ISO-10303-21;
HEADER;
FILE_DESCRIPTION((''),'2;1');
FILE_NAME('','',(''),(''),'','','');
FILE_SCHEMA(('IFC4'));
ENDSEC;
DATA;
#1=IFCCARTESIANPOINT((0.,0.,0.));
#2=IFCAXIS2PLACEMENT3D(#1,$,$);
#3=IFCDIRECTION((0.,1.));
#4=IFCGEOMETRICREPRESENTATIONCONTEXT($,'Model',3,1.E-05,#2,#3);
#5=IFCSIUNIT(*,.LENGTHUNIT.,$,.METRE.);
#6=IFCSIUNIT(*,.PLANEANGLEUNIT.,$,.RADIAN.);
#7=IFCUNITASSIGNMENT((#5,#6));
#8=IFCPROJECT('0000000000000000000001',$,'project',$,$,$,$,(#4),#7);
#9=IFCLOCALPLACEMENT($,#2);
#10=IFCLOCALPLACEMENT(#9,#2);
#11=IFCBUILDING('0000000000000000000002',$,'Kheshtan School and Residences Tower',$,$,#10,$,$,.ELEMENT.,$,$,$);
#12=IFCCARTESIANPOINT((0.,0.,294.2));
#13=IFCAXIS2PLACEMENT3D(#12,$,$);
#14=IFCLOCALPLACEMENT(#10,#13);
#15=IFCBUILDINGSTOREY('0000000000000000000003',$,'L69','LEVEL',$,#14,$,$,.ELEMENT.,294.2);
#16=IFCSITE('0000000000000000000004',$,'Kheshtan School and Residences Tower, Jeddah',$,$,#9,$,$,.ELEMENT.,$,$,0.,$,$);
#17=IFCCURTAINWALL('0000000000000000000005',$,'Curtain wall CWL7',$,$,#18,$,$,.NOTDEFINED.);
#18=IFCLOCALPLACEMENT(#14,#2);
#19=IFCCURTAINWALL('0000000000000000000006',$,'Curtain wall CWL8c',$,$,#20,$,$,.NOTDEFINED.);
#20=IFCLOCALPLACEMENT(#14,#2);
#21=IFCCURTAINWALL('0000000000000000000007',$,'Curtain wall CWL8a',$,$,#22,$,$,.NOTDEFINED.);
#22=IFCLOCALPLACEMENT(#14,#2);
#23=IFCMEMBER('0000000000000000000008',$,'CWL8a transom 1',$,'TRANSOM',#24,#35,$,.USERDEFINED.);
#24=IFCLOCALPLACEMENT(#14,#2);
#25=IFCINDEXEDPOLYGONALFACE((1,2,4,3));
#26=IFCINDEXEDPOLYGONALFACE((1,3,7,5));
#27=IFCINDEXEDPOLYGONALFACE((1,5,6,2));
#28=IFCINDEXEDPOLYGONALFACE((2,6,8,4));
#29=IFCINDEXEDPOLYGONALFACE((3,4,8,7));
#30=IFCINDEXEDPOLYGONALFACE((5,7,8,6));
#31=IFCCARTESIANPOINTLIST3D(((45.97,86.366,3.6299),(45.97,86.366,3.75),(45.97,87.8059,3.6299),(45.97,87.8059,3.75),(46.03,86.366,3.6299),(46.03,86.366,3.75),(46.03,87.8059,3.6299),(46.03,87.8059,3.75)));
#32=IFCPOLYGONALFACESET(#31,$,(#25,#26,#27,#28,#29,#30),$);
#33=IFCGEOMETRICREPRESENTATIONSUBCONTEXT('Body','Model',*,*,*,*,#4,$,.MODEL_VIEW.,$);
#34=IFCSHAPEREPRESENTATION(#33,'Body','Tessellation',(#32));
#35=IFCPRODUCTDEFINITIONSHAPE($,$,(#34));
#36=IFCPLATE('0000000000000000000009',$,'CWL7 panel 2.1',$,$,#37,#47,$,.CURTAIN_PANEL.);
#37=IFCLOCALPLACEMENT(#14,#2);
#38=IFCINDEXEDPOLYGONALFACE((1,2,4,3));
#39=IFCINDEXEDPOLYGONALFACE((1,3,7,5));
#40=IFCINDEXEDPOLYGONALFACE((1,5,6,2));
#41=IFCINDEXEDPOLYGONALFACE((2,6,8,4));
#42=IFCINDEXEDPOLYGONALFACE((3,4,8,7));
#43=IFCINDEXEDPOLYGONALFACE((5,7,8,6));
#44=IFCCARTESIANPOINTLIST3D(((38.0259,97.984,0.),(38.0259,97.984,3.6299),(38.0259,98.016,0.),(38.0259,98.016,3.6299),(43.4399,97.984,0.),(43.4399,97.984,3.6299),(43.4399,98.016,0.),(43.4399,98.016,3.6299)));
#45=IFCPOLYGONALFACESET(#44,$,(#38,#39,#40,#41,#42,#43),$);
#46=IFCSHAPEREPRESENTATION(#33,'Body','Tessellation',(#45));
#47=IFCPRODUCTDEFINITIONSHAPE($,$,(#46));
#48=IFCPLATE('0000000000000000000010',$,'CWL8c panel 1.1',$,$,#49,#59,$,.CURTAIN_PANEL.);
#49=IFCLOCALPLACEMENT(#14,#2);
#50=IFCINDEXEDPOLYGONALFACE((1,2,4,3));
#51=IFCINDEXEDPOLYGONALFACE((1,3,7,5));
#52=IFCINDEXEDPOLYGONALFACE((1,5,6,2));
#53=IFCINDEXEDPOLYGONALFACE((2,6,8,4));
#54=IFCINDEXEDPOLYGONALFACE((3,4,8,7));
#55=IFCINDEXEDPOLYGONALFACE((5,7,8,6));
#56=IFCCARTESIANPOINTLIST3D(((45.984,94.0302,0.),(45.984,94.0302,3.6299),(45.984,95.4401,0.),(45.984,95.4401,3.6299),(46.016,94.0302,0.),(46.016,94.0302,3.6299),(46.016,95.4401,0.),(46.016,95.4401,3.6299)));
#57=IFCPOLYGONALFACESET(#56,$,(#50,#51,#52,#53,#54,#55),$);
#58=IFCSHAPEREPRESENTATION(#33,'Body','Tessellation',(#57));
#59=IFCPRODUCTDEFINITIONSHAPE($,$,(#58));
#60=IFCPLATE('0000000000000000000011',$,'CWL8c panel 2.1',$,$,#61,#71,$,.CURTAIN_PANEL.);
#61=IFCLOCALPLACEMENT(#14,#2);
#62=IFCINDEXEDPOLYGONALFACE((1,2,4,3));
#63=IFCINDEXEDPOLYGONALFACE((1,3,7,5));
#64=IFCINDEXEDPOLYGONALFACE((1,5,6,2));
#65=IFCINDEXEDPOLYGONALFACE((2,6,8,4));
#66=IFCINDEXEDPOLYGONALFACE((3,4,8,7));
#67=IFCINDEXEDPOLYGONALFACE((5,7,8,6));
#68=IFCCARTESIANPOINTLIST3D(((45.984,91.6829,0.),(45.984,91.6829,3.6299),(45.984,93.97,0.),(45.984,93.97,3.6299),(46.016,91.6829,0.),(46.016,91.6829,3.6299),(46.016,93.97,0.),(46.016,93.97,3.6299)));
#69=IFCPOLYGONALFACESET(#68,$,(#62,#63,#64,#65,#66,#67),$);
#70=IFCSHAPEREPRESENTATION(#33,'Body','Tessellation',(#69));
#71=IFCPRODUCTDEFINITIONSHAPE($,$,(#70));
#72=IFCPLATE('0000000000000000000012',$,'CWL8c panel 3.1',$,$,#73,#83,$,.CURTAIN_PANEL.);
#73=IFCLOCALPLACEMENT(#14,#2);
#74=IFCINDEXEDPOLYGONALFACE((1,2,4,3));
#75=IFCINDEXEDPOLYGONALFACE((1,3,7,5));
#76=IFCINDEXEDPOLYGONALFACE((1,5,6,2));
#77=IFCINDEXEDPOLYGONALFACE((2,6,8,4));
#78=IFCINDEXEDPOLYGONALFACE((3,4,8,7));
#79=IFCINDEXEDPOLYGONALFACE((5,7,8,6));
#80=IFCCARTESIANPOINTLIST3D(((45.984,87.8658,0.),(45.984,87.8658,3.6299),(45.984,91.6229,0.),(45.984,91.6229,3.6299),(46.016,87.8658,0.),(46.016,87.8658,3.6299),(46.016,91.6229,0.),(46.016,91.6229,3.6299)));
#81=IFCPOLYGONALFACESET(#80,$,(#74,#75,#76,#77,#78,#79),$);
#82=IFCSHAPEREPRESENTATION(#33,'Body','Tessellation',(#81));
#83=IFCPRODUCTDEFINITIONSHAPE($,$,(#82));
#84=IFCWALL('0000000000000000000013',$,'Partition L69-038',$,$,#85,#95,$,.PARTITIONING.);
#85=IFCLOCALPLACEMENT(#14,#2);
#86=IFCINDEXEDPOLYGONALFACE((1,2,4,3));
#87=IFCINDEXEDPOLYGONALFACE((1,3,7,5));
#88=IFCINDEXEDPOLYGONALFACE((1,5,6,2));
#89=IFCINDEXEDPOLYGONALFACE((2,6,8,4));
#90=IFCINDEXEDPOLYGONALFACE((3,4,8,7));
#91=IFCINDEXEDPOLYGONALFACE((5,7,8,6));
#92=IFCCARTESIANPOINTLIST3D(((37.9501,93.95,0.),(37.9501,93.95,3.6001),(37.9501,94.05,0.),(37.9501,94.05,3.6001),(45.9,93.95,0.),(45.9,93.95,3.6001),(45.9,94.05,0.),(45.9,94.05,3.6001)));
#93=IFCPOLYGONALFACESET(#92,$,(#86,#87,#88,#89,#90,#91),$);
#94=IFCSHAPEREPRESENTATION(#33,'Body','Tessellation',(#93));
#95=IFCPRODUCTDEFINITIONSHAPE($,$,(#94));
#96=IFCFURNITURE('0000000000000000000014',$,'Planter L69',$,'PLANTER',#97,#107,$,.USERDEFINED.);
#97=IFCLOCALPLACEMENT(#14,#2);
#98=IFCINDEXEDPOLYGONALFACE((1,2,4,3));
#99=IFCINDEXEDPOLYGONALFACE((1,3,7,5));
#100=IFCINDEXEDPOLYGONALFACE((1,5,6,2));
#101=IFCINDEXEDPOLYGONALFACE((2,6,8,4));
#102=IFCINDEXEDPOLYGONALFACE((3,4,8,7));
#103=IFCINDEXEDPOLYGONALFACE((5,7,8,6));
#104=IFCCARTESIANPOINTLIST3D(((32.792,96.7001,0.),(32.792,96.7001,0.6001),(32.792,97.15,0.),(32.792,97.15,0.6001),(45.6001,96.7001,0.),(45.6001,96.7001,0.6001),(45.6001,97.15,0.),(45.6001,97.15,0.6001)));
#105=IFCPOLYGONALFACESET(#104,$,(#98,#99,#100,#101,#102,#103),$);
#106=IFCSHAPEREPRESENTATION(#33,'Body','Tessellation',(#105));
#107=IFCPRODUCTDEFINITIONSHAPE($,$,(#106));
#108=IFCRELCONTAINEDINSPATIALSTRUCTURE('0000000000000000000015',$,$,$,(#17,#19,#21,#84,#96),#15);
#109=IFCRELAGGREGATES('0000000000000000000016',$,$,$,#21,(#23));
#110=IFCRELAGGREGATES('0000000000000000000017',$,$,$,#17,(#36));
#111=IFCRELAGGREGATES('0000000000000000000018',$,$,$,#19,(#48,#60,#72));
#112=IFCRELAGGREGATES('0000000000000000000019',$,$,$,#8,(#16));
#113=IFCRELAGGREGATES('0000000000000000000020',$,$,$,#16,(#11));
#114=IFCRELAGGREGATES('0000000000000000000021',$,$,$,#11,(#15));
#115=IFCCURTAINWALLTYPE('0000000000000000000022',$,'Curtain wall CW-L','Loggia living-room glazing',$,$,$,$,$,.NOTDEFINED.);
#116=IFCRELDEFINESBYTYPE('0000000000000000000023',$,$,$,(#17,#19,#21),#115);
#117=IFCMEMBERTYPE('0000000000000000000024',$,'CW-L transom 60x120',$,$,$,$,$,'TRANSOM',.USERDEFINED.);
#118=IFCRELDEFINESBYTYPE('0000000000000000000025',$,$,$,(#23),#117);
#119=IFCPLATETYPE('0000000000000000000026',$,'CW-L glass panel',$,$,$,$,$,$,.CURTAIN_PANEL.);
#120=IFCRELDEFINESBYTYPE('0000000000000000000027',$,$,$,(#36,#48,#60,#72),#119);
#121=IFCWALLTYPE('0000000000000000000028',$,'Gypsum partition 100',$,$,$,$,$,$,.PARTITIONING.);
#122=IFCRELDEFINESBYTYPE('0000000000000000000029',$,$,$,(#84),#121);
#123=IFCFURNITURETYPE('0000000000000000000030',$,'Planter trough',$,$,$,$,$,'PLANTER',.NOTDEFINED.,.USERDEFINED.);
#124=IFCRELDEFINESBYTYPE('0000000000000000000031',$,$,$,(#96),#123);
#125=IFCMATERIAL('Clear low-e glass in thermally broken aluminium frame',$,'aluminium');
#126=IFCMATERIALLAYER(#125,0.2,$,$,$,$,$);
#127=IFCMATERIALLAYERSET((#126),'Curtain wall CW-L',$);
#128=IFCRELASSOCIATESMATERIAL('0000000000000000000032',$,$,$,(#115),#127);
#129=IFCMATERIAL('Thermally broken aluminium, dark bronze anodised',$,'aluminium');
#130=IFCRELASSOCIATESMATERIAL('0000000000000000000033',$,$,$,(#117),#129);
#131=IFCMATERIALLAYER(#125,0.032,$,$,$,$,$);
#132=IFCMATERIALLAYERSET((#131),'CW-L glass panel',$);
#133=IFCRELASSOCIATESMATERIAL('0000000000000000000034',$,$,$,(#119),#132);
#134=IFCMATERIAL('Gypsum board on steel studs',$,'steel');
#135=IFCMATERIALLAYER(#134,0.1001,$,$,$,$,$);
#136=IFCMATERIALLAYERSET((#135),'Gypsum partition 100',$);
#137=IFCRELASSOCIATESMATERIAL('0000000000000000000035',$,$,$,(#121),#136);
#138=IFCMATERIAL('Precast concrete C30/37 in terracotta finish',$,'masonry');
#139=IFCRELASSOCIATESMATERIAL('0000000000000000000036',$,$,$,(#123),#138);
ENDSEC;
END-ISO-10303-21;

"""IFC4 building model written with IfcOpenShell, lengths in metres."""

from ifc_helpers import new_model, si_unit, direction, frame, frame_2d, origin, origin_2d, place, context, subcontext, project, spatial, rectangle, extrude, material, layer, layer_set, material_profile, profile_set, type_object, element, aggregate, save


model = new_model("IFC4")

# Units and contexts
model_context = context("Model", 3, precision=1e-05, world=origin(), true_north=direction((0.0, 1.0)))
body_context = subcontext(model_context, "Body", "Model", "MODEL_VIEW")
ifc_project = project(units=[si_unit("LENGTHUNIT", "METRE"), si_unit("PLANEANGLEUNIT", "RADIAN")], contexts=[model_context])

# Site, building, storey
site_placement = place(None, origin())
site = spatial("IfcSite", under=ifc_project, at=site_placement, Name="Kheshtan School and Residences Tower, Jeddah", CompositionType="ELEMENT", RefElevation=0.0)
building_placement = place(site_placement, origin())
building = spatial("IfcBuilding", under=site, at=building_placement, Name="Kheshtan School and Residences Tower", CompositionType="ELEMENT")
storey_placement = place(building_placement, frame((0.0, 0.0, 294.2)))
storey = spatial("IfcBuildingStorey", under=building, at=storey_placement, Name="L69", Description="LEVEL", CompositionType="ELEMENT", Elevation=294.2)

# Curtain walls
ifc_material_1 = material(Name="Clear low-e glass in thermally broken aluminium frame", Category="aluminium")
ifc_layer_1 = layer(ifc_material_1, 0.2)
ifc_layer_set_1 = layer_set([ifc_layer_1], Name="Curtain wall CW-L")
curtain_wall_type = type_object("IfcCurtainWallType", Name="Curtain wall CW-L", Description="Loggia living-room glazing", PredefinedType="NOTDEFINED", material=ifc_layer_set_1)
curtain_wall_1_placement = place(storey_placement, origin())
curtain_wall_1 = element("IfcCurtainWall", 1, at=curtain_wall_1_placement, inside=storey, type_object=curtain_wall_type, Name="Curtain wall CWL7", PredefinedType="NOTDEFINED")
ifc_material_2 = material(Name="Thermally broken aluminium, dark bronze anodised", Category="aluminium")
curtain_wall_2_placement = place(storey_placement, origin())
curtain_wall_2 = element("IfcCurtainWall", 2, at=curtain_wall_2_placement, inside=storey, type_object=curtain_wall_type, Name="Curtain wall CWL8c", PredefinedType="NOTDEFINED")
ifc_material_profile_1 = material_profile(ifc_material_2, rectangle(XDim=0.0601, YDim=0.1201, at=origin_2d()), Name="CW-L transom 60x120")
ifc_profile_set_1 = profile_set([ifc_material_profile_1], Name="Thermally broken aluminium, dark bronze anodised")
member_type_1 = type_object("IfcMemberType", Name="CW-L transom 60x120", ElementType="TRANSOM", PredefinedType="USERDEFINED", material=ifc_profile_set_1)

# Curtain wall, member
curtain_wall_3_placement = place(storey_placement, origin())
curtain_wall_3 = element("IfcCurtainWall", 3, at=curtain_wall_3_placement, inside=storey, type_object=curtain_wall_type, Name="Curtain wall CWL8a", PredefinedType="NOTDEFINED")
member_1_placement = place(storey_placement, frame((46.0, 87.8059, 3.6899), z_axis=(0.0, -1.0, 0.0), x_axis=(1.0, 0.0, 0.0)))
member_1 = element("IfcMember", 4, at=member_1_placement, type_object=member_type_1, Name="CWL8a transom 1", ObjectType="TRANSOM", PredefinedType="USERDEFINED", context=body_context, shape_type="SweptSolid", body=[
    extrude(rectangle(XDim=0.0601, YDim=0.1201, at=origin_2d()), origin(), (0.0, 0.0, 1.0), 1.4399),
])
aggregate(curtain_wall_3, [member_1])

# Plates
ifc_layer_2 = layer(ifc_material_1, 0.032)
ifc_layer_set_2 = layer_set([ifc_layer_2], Name="CW-L glass panel")
plate_type = type_object("IfcPlateType", Name="CW-L glass panel", PredefinedType="CURTAIN_PANEL", material=ifc_layer_set_2)
plate_1_placement = place(storey_placement, frame((40.7329, 98.0, 0.0), z_axis=(0.0, 0.0, 1.0), x_axis=(1.0, 0.0, 0.0)))
plate_1 = element("IfcPlate", 5, at=plate_1_placement, type_object=plate_type, Name="CWL7 panel 2.1", PredefinedType="CURTAIN_PANEL", context=body_context, shape_type="SweptSolid", body=[
    extrude(rectangle(XDim=5.4141, YDim=0.032, at=origin_2d()), origin(), (0.0, 0.0, 1.0), 3.6299),
])
aggregate(curtain_wall_1, [plate_1])
plate_2_placement = place(storey_placement, frame((46.0, 94.7351, 0.0), z_axis=(0.0, 0.0, 1.0), x_axis=(0.0, -1.0, 0.0)))
plate_2 = element("IfcPlate", 6, at=plate_2_placement, type_object=plate_type, Name="CWL8c panel 1.1", PredefinedType="CURTAIN_PANEL", context=body_context, shape_type="SweptSolid", body=[
    extrude(rectangle(XDim=1.4099, YDim=0.032, at=origin_2d()), origin(), (0.0, 0.0, 1.0), 3.6299),
])
plate_3_placement = place(storey_placement, frame((46.0, 92.8264, 0.0), z_axis=(0.0, 0.0, 1.0), x_axis=(0.0, -1.0, 0.0)))
plate_3 = element("IfcPlate", 7, at=plate_3_placement, type_object=plate_type, Name="CWL8c panel 2.1", PredefinedType="CURTAIN_PANEL", context=body_context, shape_type="SweptSolid", body=[
    extrude(rectangle(XDim=2.2871, YDim=0.032, at=origin_2d()), origin(), (0.0, 0.0, 1.0), 3.6299),
])
plate_4_placement = place(storey_placement, frame((46.0, 89.7444, 0.0), z_axis=(0.0, 0.0, 1.0), x_axis=(0.0, -1.0, 0.0)))
plate_4 = element("IfcPlate", 8, at=plate_4_placement, type_object=plate_type, Name="CWL8c panel 3.1", PredefinedType="CURTAIN_PANEL", context=body_context, shape_type="SweptSolid", body=[
    extrude(rectangle(XDim=3.7571, YDim=0.032, at=origin_2d()), origin(), (0.0, 0.0, 1.0), 3.6299),
])
aggregate(curtain_wall_2, [plate_2, plate_3, plate_4])

# Wall
ifc_material_3 = material(Name="Gypsum board on steel studs", Category="steel")
ifc_layer_3 = layer(ifc_material_3, 0.1001)
ifc_layer_set_3 = layer_set([ifc_layer_3], Name="Gypsum partition 100")
wall_type_1 = type_object("IfcWallType", Name="Gypsum partition 100", PredefinedType="PARTITIONING", material=ifc_layer_set_3)
wall_1_placement = place(storey_placement, frame((37.95, 94.0, 0.0), z_axis=(0.0, 0.0, 1.0), x_axis=(1.0, 0.0, 0.0)))
element("IfcWall", 9, at=wall_1_placement, inside=storey, type_object=wall_type_1, Name="Partition L69-038", PredefinedType="PARTITIONING", context=body_context, shape_type="SweptSolid", body=[
    extrude(rectangle(XDim=7.95, YDim=0.1001, at=frame_2d((3.9751, 0.0))), origin(), (0.0, 0.0, 1.0), 3.6001),
])

# Furniture
ifc_material_4 = material(Name="Precast concrete C30/37 in terracotta finish", Category="masonry")
furniture_type = type_object("IfcFurnitureType", Name="Planter trough", ElementType="PLANTER", AssemblyPlace="NOTDEFINED", PredefinedType="USERDEFINED", material=ifc_material_4)
furniture_placement = place(storey_placement, frame((39.196, 96.925, 0.0), z_axis=(0.0, 0.0, 1.0), x_axis=(1.0, 0.0, 0.0)))
element("IfcFurniture", 10, at=furniture_placement, inside=storey, type_object=furniture_type, Name="Planter L69", ObjectType="PLANTER", PredefinedType="USERDEFINED", context=body_context, shape_type="SweptSolid", body=[
    extrude(rectangle(XDim=12.8081, YDim=0.45, at=origin_2d()), origin(), (0.0, 0.0, 1.0), 0.6001),
])

save(model, "model.ifc")
